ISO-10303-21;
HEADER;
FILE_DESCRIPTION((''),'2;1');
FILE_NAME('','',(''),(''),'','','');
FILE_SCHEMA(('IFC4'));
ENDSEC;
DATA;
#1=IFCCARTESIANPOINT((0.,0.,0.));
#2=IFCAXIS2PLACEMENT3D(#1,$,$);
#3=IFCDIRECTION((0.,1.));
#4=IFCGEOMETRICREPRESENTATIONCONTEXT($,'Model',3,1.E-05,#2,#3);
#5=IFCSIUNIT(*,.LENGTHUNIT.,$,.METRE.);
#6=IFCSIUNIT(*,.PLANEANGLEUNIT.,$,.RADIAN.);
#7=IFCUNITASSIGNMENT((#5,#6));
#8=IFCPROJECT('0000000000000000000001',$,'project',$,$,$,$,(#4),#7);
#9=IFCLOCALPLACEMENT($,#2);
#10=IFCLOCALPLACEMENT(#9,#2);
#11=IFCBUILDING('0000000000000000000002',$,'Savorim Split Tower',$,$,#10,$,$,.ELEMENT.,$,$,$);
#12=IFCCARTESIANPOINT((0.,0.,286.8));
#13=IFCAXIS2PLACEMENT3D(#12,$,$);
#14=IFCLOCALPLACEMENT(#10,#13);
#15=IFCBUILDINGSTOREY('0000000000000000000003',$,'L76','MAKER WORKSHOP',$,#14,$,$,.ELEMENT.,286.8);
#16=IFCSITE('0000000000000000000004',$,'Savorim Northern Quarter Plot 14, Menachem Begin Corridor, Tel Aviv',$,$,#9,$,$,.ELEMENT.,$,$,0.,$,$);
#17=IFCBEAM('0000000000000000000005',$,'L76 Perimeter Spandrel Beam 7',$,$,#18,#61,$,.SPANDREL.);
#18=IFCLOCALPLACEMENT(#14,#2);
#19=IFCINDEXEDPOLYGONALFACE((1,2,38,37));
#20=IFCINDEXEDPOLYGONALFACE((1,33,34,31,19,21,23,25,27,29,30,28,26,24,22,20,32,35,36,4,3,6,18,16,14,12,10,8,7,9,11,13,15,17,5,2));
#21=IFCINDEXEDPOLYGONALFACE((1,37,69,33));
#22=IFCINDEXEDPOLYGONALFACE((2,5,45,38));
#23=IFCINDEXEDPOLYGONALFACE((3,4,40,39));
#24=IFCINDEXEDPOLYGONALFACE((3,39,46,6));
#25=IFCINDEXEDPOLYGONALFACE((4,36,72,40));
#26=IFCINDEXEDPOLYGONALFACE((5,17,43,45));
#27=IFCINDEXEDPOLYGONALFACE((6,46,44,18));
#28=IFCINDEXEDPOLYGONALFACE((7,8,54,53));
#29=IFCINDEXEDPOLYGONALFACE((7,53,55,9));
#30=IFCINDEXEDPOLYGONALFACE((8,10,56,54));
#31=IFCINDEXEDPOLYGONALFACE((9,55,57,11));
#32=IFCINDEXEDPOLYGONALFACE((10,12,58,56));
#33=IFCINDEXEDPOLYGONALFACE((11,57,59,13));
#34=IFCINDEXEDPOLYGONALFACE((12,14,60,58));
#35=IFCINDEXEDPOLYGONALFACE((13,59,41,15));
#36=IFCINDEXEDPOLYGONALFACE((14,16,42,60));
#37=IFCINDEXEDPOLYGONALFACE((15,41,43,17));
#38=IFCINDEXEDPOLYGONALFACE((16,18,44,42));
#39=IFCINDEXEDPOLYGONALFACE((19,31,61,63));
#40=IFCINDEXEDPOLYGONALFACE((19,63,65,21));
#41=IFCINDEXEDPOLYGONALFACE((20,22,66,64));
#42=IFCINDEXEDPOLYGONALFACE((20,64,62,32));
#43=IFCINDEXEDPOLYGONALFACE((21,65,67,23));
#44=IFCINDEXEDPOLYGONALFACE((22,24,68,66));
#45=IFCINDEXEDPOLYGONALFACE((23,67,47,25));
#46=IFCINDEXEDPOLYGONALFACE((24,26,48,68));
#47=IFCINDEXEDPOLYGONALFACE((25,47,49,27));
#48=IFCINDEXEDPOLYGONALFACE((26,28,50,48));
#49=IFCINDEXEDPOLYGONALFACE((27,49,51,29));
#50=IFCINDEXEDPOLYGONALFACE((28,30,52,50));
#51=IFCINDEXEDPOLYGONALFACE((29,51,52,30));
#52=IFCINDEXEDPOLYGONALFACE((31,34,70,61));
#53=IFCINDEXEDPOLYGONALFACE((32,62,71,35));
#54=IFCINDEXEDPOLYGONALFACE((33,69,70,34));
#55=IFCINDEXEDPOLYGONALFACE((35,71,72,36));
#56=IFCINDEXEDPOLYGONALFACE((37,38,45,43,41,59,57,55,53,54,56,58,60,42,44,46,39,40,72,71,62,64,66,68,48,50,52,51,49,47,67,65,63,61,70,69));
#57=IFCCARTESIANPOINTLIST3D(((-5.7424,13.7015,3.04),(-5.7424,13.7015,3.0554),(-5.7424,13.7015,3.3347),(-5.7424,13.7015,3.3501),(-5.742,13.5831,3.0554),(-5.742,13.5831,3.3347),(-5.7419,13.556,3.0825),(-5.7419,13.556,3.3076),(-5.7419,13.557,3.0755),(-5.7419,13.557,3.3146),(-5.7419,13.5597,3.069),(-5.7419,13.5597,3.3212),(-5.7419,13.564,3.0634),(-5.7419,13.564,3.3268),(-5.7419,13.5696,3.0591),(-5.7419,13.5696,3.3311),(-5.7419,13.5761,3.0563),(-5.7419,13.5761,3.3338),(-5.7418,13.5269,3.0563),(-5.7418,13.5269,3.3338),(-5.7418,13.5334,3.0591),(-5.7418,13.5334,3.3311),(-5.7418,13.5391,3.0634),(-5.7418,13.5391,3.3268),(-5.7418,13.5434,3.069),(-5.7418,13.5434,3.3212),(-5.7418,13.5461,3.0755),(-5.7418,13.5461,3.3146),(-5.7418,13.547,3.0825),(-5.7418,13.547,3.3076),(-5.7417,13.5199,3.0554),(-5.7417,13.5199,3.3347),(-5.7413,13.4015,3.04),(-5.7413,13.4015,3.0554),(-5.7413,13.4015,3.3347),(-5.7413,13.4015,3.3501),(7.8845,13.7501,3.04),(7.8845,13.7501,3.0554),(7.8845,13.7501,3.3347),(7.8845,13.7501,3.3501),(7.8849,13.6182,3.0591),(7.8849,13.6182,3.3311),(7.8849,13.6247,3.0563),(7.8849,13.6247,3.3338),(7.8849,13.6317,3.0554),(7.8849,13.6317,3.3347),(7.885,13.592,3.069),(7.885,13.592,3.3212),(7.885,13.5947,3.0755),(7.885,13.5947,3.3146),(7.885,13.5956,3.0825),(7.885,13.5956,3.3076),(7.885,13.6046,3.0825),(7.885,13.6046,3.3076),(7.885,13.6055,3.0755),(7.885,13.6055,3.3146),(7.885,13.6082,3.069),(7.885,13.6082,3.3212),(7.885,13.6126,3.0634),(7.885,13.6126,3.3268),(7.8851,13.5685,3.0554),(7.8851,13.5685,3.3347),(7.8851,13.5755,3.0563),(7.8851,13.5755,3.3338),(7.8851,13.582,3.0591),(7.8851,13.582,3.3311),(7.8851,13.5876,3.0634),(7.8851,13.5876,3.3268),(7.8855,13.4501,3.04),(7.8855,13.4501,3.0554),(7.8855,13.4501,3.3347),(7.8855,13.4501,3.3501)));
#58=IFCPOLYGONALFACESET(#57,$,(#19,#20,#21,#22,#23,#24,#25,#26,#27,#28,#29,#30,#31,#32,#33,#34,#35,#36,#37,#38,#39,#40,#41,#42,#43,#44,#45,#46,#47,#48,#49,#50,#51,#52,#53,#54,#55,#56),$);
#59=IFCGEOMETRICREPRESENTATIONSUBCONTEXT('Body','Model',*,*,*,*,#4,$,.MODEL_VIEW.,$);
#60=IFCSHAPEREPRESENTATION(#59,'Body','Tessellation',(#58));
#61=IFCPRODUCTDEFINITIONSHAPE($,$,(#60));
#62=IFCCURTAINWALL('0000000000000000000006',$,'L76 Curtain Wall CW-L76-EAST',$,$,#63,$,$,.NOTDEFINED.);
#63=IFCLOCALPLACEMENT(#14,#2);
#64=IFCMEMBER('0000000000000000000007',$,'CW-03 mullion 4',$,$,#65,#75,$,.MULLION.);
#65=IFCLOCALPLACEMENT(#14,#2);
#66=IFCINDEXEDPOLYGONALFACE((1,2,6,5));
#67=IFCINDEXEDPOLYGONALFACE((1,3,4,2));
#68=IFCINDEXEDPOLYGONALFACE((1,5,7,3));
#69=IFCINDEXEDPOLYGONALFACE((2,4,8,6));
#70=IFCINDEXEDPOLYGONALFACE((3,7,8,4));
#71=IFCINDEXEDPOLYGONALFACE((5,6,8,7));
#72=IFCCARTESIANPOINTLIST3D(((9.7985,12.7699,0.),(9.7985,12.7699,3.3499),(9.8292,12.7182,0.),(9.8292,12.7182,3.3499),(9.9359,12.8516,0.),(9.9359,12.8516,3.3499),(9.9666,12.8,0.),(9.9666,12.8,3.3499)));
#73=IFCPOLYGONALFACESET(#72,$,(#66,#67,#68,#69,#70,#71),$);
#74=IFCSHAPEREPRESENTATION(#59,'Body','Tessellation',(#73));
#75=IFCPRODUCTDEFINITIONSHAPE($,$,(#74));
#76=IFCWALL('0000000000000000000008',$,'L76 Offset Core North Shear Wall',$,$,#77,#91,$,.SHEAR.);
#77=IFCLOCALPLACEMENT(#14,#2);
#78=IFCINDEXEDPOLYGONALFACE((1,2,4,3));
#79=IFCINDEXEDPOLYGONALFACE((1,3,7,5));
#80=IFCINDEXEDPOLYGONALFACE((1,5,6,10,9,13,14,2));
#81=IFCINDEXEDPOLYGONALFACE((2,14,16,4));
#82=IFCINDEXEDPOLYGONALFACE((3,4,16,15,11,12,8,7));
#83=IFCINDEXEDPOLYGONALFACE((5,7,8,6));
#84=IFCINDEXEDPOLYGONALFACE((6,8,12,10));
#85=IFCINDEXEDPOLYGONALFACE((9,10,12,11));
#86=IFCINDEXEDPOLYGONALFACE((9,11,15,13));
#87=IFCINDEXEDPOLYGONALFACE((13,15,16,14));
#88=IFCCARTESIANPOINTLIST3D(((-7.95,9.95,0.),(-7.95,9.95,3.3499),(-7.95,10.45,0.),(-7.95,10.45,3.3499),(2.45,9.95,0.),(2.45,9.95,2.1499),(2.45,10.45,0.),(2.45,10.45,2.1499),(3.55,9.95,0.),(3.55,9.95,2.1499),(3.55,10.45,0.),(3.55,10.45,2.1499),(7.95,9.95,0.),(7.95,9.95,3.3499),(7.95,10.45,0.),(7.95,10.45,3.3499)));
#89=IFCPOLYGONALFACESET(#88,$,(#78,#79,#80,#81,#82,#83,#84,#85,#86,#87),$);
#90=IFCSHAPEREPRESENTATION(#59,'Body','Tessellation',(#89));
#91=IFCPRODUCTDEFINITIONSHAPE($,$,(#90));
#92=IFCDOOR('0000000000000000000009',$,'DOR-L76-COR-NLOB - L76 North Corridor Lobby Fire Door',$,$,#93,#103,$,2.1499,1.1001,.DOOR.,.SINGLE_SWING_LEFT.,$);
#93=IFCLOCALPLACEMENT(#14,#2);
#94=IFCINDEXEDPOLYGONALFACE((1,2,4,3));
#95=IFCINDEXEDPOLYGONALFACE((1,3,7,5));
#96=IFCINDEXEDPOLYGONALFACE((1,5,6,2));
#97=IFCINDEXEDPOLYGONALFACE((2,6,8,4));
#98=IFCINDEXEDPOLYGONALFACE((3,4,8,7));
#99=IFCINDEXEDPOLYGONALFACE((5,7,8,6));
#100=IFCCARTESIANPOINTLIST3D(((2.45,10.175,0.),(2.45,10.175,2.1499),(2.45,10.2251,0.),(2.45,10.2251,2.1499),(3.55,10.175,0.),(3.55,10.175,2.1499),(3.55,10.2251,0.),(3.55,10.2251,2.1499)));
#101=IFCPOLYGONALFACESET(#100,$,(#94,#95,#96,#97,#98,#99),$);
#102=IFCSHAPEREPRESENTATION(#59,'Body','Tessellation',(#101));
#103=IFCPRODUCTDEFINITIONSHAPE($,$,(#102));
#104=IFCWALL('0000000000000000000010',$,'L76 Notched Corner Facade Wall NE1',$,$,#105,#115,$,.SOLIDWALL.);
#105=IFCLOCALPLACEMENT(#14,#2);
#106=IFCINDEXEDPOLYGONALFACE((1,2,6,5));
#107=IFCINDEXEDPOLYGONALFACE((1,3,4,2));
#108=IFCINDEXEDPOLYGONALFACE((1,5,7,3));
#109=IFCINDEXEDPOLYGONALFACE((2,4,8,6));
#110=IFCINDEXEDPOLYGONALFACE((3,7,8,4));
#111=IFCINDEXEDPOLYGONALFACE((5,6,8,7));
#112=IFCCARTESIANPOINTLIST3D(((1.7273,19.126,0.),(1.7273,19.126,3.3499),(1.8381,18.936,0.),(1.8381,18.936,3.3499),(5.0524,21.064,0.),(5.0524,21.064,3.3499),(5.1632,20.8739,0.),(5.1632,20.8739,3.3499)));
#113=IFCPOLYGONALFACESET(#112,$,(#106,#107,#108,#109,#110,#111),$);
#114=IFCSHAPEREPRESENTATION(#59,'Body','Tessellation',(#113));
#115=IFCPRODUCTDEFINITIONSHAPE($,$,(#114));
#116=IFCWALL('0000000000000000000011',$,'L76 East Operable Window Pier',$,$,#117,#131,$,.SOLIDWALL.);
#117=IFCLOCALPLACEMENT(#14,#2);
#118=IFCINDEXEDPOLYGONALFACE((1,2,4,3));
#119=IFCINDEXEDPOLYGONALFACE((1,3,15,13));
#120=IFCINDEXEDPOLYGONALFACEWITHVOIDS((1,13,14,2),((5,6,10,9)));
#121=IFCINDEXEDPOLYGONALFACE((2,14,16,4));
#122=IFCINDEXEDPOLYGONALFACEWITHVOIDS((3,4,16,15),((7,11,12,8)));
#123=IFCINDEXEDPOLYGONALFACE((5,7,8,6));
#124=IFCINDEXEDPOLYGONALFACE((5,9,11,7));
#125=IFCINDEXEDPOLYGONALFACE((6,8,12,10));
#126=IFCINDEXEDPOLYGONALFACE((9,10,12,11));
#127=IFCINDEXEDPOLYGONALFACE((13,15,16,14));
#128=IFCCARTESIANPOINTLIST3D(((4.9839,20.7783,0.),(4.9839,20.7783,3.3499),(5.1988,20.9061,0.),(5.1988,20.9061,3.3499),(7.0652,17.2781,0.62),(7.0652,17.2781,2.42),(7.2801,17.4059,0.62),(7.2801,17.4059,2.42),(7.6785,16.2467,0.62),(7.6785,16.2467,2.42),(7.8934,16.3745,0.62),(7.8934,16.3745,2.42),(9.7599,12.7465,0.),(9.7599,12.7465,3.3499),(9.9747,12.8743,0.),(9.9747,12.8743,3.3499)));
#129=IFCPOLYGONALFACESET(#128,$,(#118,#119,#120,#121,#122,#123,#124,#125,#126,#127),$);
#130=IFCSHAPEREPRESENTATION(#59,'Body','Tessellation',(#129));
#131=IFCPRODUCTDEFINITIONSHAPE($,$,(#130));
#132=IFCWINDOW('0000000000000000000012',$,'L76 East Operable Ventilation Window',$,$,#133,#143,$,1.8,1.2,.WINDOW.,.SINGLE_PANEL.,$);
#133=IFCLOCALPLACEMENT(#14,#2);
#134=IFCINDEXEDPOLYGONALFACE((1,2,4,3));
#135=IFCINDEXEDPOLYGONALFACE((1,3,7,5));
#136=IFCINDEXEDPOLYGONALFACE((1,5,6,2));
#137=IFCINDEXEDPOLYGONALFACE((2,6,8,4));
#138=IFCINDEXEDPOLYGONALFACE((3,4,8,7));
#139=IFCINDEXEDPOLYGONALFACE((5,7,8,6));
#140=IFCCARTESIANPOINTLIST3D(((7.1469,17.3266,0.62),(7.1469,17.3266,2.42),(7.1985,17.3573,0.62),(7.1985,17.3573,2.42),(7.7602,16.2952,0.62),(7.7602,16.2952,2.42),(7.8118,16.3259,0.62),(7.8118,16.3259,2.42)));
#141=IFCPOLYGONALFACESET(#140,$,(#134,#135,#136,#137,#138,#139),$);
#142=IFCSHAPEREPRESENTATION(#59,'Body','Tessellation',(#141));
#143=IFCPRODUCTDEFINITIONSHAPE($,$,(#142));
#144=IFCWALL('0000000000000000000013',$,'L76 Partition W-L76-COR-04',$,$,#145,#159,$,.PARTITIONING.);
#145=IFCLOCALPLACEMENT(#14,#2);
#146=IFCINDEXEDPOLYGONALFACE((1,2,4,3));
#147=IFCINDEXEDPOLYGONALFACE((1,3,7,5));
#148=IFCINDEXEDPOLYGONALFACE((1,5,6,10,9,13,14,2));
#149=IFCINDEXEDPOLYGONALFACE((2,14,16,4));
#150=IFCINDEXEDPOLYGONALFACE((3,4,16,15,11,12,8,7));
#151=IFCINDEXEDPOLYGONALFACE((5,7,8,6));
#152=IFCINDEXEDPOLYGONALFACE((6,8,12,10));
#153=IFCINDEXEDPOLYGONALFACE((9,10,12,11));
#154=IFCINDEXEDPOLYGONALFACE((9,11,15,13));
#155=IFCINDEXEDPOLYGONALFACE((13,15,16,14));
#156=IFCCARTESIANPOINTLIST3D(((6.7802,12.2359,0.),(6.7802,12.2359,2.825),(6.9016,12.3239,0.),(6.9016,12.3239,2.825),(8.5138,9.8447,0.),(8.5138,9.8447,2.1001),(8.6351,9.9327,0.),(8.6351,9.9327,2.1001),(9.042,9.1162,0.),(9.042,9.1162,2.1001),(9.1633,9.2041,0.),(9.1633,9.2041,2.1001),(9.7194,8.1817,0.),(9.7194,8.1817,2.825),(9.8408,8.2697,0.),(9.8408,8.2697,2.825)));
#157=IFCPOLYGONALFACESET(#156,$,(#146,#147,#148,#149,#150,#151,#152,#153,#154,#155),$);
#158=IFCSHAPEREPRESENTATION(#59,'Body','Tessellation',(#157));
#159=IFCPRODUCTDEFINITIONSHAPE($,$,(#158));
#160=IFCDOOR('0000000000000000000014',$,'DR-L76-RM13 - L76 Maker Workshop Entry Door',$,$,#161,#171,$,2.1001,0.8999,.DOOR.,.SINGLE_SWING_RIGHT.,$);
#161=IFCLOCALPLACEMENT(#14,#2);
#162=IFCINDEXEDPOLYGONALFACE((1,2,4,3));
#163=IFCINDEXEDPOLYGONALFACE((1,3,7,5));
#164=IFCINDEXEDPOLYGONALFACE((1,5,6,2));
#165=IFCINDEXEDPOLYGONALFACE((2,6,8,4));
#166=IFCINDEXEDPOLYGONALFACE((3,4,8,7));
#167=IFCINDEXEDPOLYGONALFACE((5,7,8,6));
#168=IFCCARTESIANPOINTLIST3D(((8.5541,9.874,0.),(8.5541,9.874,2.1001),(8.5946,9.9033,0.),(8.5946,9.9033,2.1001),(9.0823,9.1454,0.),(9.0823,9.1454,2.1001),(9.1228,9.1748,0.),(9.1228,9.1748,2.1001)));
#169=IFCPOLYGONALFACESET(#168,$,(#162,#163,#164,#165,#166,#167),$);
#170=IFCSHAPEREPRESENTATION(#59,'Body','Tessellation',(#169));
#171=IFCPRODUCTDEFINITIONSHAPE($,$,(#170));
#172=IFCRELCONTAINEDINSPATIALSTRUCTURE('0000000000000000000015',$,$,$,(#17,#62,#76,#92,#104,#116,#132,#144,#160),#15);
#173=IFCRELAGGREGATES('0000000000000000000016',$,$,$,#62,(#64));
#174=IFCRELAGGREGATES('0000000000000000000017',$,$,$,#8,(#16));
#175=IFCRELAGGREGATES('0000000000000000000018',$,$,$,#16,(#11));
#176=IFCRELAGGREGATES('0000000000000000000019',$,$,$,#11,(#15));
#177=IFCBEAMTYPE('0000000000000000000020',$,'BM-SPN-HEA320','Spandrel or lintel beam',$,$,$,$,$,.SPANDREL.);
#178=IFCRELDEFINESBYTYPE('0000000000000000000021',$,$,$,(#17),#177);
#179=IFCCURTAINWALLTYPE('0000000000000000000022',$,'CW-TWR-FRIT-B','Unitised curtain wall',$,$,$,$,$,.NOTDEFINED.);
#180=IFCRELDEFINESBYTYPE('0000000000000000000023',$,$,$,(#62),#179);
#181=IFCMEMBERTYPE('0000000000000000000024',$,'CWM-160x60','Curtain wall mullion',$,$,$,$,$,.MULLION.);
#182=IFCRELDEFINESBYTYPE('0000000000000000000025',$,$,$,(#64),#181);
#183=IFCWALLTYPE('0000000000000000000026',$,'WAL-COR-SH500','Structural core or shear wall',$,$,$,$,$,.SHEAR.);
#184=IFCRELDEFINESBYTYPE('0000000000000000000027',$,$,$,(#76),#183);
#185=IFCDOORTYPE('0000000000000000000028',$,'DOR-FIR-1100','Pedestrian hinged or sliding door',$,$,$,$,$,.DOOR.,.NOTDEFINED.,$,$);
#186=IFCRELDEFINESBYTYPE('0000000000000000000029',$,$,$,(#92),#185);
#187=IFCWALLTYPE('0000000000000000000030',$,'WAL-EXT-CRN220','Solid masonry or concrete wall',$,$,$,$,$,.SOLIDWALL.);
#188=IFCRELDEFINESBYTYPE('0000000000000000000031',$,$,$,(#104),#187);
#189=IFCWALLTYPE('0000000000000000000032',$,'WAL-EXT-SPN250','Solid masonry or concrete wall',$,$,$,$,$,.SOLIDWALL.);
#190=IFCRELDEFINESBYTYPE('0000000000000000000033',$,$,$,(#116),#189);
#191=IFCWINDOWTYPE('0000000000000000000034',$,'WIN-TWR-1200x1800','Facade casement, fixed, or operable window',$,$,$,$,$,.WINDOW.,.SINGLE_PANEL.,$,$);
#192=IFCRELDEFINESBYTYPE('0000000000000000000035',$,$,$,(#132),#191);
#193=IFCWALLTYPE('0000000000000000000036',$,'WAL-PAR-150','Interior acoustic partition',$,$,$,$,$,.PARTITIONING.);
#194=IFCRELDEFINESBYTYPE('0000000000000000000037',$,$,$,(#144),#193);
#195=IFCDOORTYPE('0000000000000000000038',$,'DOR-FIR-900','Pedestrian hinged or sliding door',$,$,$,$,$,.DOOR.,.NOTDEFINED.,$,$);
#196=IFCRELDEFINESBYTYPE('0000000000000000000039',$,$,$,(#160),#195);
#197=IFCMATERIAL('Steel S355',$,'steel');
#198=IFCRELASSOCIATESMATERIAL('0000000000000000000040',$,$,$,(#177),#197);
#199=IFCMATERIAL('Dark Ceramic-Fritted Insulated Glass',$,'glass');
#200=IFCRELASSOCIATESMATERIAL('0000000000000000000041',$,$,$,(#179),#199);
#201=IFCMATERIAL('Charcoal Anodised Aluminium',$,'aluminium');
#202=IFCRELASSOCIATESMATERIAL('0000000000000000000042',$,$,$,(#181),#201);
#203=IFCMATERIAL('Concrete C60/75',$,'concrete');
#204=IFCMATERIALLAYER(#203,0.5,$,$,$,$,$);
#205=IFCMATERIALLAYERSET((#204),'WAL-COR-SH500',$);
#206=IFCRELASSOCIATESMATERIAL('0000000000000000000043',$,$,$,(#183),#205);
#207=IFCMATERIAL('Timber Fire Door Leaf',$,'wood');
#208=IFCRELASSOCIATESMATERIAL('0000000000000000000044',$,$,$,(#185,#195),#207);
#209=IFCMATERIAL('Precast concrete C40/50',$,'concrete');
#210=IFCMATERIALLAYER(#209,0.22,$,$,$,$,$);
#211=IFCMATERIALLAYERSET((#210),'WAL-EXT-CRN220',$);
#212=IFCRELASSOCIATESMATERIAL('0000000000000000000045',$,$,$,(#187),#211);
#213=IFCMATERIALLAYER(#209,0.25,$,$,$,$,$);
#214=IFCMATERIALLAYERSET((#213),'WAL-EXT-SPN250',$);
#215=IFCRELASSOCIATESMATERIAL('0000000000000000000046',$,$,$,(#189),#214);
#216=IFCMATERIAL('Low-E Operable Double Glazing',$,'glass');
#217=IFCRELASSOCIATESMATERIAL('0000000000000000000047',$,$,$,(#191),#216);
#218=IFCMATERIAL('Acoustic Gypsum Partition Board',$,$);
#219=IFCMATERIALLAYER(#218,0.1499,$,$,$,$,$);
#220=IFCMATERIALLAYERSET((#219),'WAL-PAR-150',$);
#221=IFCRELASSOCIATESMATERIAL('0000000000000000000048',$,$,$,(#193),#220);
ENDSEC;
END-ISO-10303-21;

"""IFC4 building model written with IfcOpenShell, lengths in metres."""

from ifc_helpers import new_model, si_unit, direction, frame, frame_2d, origin, origin_2d, place, context, subcontext, project, spatial, rectangle, i_section, extrude, material, layer, layer_set, material_profile, profile_set, type_object, element, fill, aggregate, save


model = new_model("IFC4")

# Units and contexts
model_context = context("Model", 3, precision=1e-05, world=origin(), true_north=direction((0.0, 1.0)))
body_context = subcontext(model_context, "Body", "Model", "MODEL_VIEW")
ifc_project = project(units=[si_unit("LENGTHUNIT", "METRE"), si_unit("PLANEANGLEUNIT", "RADIAN")], contexts=[model_context])

# Site, building, storey
site_placement = place(None, origin())
site = spatial("IfcSite", under=ifc_project, at=site_placement, Name="Savorim Northern Quarter Plot 14, Menachem Begin Corridor, Tel Aviv", CompositionType="ELEMENT", RefElevation=0.0)
building_placement = place(site_placement, origin())
building = spatial("IfcBuilding", under=site, at=building_placement, Name="Savorim Split Tower", CompositionType="ELEMENT")
storey_placement = place(building_placement, frame((0.0, 0.0, 286.8)))
storey = spatial("IfcBuildingStorey", under=building, at=storey_placement, Name="L76", Description="MAKER WORKSHOP", CompositionType="ELEMENT", Elevation=286.8)

# Shared definitions
ifc_material_1 = material(Name="Steel S355", Category="steel")

# Beam
ifc_material_profile_1 = material_profile(ifc_material_1, i_section(OverallWidth=0.3, OverallDepth=0.3101, WebThickness=0.009, FlangeThickness=0.0154, FilletRadius=0.0271, at=origin_2d()), Name="HEA 320")
ifc_profile_set_1 = profile_set([ifc_material_profile_1], Name="Steel S355")
beam_type_1 = type_object("IfcBeamType", Name="BM-SPN-HEA320", Description="Spandrel or lintel beam", PredefinedType="SPANDREL", material=ifc_profile_set_1)
beam_1_placement = place(storey_placement, frame((7.885, 13.6001, 3.1951), z_axis=(-0.999994, -0.003565, 0.0), x_axis=(0.003565, -0.999994, 0.0)))
element("IfcBeam", 1, at=beam_1_placement, inside=storey, type_object=beam_type_1, Name="L76 Perimeter Spandrel Beam 7", PredefinedType="SPANDREL", context=body_context, shape_type="SweptSolid", body=[
    extrude(i_section(OverallWidth=0.3, OverallDepth=0.3101, WebThickness=0.009, FlangeThickness=0.0154, FilletRadius=0.0271, at=origin_2d()), origin(), (0.0, 0.0, 1.0), 13.627),
])

# Curtain wall, member
ifc_material_2 = material(Name="Dark Ceramic-Fritted Insulated Glass", Category="glass")
curtain_wall_type = type_object("IfcCurtainWallType", Name="CW-TWR-FRIT-B", Description="Unitised curtain wall", PredefinedType="NOTDEFINED", material=ifc_material_2)
curtain_wall_placement = place(storey_placement, origin())
curtain_wall = element("IfcCurtainWall", 2, at=curtain_wall_placement, inside=storey, type_object=curtain_wall_type, Name="L76 Curtain Wall CW-L76-EAST", PredefinedType="NOTDEFINED")
ifc_material_3 = material(Name="Charcoal Anodised Aluminium", Category="aluminium")
ifc_material_profile_2 = material_profile(ifc_material_3, rectangle(XDim=0.1599, YDim=0.0601, at=origin_2d()), Name="ALU-M 160x60")
ifc_profile_set_2 = profile_set([ifc_material_profile_2], Name="Charcoal Anodised Aluminium")
member_type = type_object("IfcMemberType", Name="CWM-160x60", Description="Curtain wall mullion", PredefinedType="MULLION", material=ifc_profile_set_2)
member_placement = place(storey_placement, frame((9.8826, 12.7849, 0.0), z_axis=(0.0, 0.0, 1.0), x_axis=(-0.859526, -0.511092, 0.0)))
member = element("IfcMember", 3, at=member_placement, type_object=member_type, Name="CW-03 mullion 4", PredefinedType="MULLION", context=body_context, shape_type="SweptSolid", body=[
    extrude(rectangle(XDim=0.1599, YDim=0.0601, at=origin_2d()), origin(), (0.0, 0.0, 1.0), 3.3499),
])
aggregate(curtain_wall, [member])

# Wall, opening, door
ifc_material_4 = material(Name="Concrete C60/75", Category="concrete")
ifc_layer_1 = layer(ifc_material_4, 0.5)
ifc_layer_set_1 = layer_set([ifc_layer_1], Name="WAL-COR-SH500")
wall_type_1 = type_object("IfcWallType", Name="WAL-COR-SH500", Description="Structural core or shear wall", PredefinedType="SHEAR", material=ifc_layer_set_1)
wall_1_placement = place(storey_placement, frame((7.95, 10.2, 0.0), z_axis=(0.0, 0.0, 1.0), x_axis=(-1.0, 0.0, 0.0)))
wall_1 = element("IfcWall", 4, at=wall_1_placement, inside=storey, type_object=wall_type_1, Name="L76 Offset Core North Shear Wall", PredefinedType="SHEAR", context=body_context, shape_type="SweptSolid", body=[
    extrude(rectangle(XDim=15.8999, YDim=0.5, at=frame_2d((7.95, 0.0))), origin(), (0.0, 0.0, 1.0), 3.3499),
])
opening_1_placement = place(wall_1_placement, frame((4.3999, 0.0, 0.0)))
opening_1 = element("IfcOpeningElement", 5, at=opening_1_placement, cuts=wall_1, PredefinedType="OPENING", context=body_context, shape_type="SweptSolid", body=[
    extrude(rectangle(XDim=1.1001, YDim=2.1499, at=frame_2d((0.55, 1.075))), frame((0.0, 0.26, 0.0), z_axis=(0.0, -1.0, 0.0), x_axis=(1.0, 0.0, 0.0)), (0.0, 0.0, 1.0), 0.52),
])
ifc_material_5 = material(Name="Timber Fire Door Leaf", Category="wood")
door_type_1 = type_object("IfcDoorType", Name="DOR-FIR-1100", Description="Pedestrian hinged or sliding door", OperationType="NOTDEFINED", PredefinedType="DOOR", material=ifc_material_5)
door_1_placement = place(opening_1_placement, origin())
door_1 = element("IfcDoor", 6, at=door_1_placement, inside=storey, type_object=door_type_1, Name="DOR-L76-COR-NLOB - L76 North Corridor Lobby Fire Door", OperationType="SINGLE_SWING_LEFT", OverallHeight=2.1499, OverallWidth=1.1001, PredefinedType="DOOR", context=body_context, shape_type="SweptSolid", body=[
    extrude(rectangle(XDim=1.1001, YDim=2.1499, at=frame_2d((0.55, 1.075))), frame((0.0, 0.0249, 0.0), z_axis=(0.0, -1.0, 0.0), x_axis=(1.0, 0.0, 0.0)), (0.0, 0.0, 1.0), 0.05),
])
fill(opening_1, door_1)

# Wall
ifc_material_6 = material(Name="Precast concrete C40/50", Category="concrete")
ifc_layer_2 = layer(ifc_material_6, 0.22)
ifc_layer_set_2 = layer_set([ifc_layer_2], Name="WAL-EXT-CRN220")
wall_type_2 = type_object("IfcWallType", Name="WAL-EXT-CRN220", Description="Solid masonry or concrete wall", PredefinedType="SOLIDWALL", material=ifc_layer_set_2)
wall_2_placement = place(storey_placement, frame((1.7827, 19.031, 0.0), z_axis=(0.0, 0.0, 1.0), x_axis=(0.863972, 0.50354, 0.0)))
element("IfcWall", 7, at=wall_2_placement, inside=storey, type_object=wall_type_2, Name="L76 Notched Corner Facade Wall NE1", PredefinedType="SOLIDWALL", context=body_context, shape_type="SweptSolid", body=[
    extrude(rectangle(XDim=3.8486, YDim=0.22, at=frame_2d((1.9243, 0.0))), origin(), (0.0, 0.0, 1.0), 3.3499),
])

# Wall, opening, window
ifc_layer_3 = layer(ifc_material_6, 0.25)
ifc_layer_set_3 = layer_set([ifc_layer_3], Name="WAL-EXT-SPN250")
wall_type_3 = type_object("IfcWallType", Name="WAL-EXT-SPN250", Description="Solid masonry or concrete wall", PredefinedType="SOLIDWALL", material=ifc_layer_set_3)
wall_3_placement = place(storey_placement, frame((5.0913, 20.8423, 0.0), z_axis=(0.0, 0.0, 1.0), x_axis=(0.511095, -0.859524, 0.0)))
wall_3 = element("IfcWall", 8, at=wall_3_placement, inside=storey, type_object=wall_type_3, Name="L76 East Operable Window Pier", PredefinedType="SOLIDWALL", context=body_context, shape_type="SweptSolid", body=[
    extrude(rectangle(XDim=9.3445, YDim=0.25, at=frame_2d((4.6724, 0.0))), origin(), (0.0, 0.0, 1.0), 3.3499),
])
opening_2_placement = place(wall_3_placement, frame((4.0723, 0.0, 0.6201)))
opening_2 = element("IfcOpeningElement", 9, at=opening_2_placement, cuts=wall_3, PredefinedType="OPENING", context=body_context, shape_type="SweptSolid", body=[
    extrude(rectangle(XDim=1.2, YDim=1.8, at=frame_2d((0.6001, 0.8999))), frame((0.0, 0.135, 0.0), z_axis=(0.0, -1.0, 0.0), x_axis=(1.0, 0.0, 0.0)), (0.0, 0.0, 1.0), 0.27),
])
ifc_material_7 = material(Name="Low-E Operable Double Glazing", Category="glass")
window_type = type_object("IfcWindowType", Name="WIN-TWR-1200x1800", Description="Facade casement, fixed, or operable window", PartitioningType="SINGLE_PANEL", PredefinedType="WINDOW", material=ifc_material_7)
window_placement = place(opening_2_placement, origin())
window = element("IfcWindow", 10, at=window_placement, inside=storey, type_object=window_type, Name="L76 East Operable Ventilation Window", OverallHeight=1.8, OverallWidth=1.2, PartitioningType="SINGLE_PANEL", PredefinedType="WINDOW", context=body_context, shape_type="SweptSolid", body=[
    extrude(rectangle(XDim=1.2, YDim=1.8, at=frame_2d((0.6001, 0.8999))), frame((0.0, 0.03, 0.0), z_axis=(0.0, -1.0, 0.0), x_axis=(1.0, 0.0, 0.0)), (0.0, 0.0, 1.0), 0.0601),
])
fill(opening_2, window)

# Wall, opening, door
ifc_material_8 = material(Name="Acoustic Gypsum Partition Board")
ifc_layer_4 = layer(ifc_material_8, 0.1499)
ifc_layer_set_4 = layer_set([ifc_layer_4], Name="WAL-PAR-150")
wall_type_4 = type_object("IfcWallType", Name="WAL-PAR-150", Description="Interior acoustic partition", PredefinedType="PARTITIONING", material=ifc_layer_set_4)
wall_4_placement = place(storey_placement, frame((6.8408, 12.28, 0.0), z_axis=(0.0, 0.0, 1.0), x_axis=(0.586956, -0.809619, 0.0)))
wall_4 = element("IfcWall", 11, at=wall_4_placement, inside=storey, type_object=wall_type_4, Name="L76 Partition W-L76-COR-04", PredefinedType="PARTITIONING", context=body_context, shape_type="SweptSolid", body=[
    extrude(rectangle(XDim=5.0076, YDim=0.1499, at=frame_2d((2.5039, 0.0))), origin(), (0.0, 0.0, 1.0), 2.825),
])
opening_3_placement = place(wall_4_placement, frame((2.9536, 0.0, 0.0)))
opening_3 = element("IfcOpeningElement", 12, at=opening_3_placement, cuts=wall_4, PredefinedType="OPENING", context=body_context, shape_type="SweptSolid", body=[
    extrude(rectangle(XDim=0.8999, YDim=2.1001, at=frame_2d((0.45, 1.05))), frame((0.0, 0.085, 0.0), z_axis=(0.0, -1.0, 0.0), x_axis=(1.0, 0.0, 0.0)), (0.0, 0.0, 1.0), 0.1699),
])
door_type_2 = type_object("IfcDoorType", Name="DOR-FIR-900", Description="Pedestrian hinged or sliding door", OperationType="NOTDEFINED", PredefinedType="DOOR", material=ifc_material_5)
door_2_placement = place(opening_3_placement, origin())
door_2 = element("IfcDoor", 13, at=door_2_placement, inside=storey, type_object=door_type_2, Name="DR-L76-RM13 - L76 Maker Workshop Entry Door", OperationType="SINGLE_SWING_RIGHT", OverallHeight=2.1001, OverallWidth=0.8999, PredefinedType="DOOR", context=body_context, shape_type="SweptSolid", body=[
    extrude(rectangle(XDim=0.8999, YDim=2.1001, at=frame_2d((0.45, 1.05))), frame((0.0, 0.0249, 0.0), z_axis=(0.0, -1.0, 0.0), x_axis=(1.0, 0.0, 0.0)), (0.0, 0.0, 1.0), 0.05),
])
fill(opening_3, door_2)

save(model, "model.ifc")
